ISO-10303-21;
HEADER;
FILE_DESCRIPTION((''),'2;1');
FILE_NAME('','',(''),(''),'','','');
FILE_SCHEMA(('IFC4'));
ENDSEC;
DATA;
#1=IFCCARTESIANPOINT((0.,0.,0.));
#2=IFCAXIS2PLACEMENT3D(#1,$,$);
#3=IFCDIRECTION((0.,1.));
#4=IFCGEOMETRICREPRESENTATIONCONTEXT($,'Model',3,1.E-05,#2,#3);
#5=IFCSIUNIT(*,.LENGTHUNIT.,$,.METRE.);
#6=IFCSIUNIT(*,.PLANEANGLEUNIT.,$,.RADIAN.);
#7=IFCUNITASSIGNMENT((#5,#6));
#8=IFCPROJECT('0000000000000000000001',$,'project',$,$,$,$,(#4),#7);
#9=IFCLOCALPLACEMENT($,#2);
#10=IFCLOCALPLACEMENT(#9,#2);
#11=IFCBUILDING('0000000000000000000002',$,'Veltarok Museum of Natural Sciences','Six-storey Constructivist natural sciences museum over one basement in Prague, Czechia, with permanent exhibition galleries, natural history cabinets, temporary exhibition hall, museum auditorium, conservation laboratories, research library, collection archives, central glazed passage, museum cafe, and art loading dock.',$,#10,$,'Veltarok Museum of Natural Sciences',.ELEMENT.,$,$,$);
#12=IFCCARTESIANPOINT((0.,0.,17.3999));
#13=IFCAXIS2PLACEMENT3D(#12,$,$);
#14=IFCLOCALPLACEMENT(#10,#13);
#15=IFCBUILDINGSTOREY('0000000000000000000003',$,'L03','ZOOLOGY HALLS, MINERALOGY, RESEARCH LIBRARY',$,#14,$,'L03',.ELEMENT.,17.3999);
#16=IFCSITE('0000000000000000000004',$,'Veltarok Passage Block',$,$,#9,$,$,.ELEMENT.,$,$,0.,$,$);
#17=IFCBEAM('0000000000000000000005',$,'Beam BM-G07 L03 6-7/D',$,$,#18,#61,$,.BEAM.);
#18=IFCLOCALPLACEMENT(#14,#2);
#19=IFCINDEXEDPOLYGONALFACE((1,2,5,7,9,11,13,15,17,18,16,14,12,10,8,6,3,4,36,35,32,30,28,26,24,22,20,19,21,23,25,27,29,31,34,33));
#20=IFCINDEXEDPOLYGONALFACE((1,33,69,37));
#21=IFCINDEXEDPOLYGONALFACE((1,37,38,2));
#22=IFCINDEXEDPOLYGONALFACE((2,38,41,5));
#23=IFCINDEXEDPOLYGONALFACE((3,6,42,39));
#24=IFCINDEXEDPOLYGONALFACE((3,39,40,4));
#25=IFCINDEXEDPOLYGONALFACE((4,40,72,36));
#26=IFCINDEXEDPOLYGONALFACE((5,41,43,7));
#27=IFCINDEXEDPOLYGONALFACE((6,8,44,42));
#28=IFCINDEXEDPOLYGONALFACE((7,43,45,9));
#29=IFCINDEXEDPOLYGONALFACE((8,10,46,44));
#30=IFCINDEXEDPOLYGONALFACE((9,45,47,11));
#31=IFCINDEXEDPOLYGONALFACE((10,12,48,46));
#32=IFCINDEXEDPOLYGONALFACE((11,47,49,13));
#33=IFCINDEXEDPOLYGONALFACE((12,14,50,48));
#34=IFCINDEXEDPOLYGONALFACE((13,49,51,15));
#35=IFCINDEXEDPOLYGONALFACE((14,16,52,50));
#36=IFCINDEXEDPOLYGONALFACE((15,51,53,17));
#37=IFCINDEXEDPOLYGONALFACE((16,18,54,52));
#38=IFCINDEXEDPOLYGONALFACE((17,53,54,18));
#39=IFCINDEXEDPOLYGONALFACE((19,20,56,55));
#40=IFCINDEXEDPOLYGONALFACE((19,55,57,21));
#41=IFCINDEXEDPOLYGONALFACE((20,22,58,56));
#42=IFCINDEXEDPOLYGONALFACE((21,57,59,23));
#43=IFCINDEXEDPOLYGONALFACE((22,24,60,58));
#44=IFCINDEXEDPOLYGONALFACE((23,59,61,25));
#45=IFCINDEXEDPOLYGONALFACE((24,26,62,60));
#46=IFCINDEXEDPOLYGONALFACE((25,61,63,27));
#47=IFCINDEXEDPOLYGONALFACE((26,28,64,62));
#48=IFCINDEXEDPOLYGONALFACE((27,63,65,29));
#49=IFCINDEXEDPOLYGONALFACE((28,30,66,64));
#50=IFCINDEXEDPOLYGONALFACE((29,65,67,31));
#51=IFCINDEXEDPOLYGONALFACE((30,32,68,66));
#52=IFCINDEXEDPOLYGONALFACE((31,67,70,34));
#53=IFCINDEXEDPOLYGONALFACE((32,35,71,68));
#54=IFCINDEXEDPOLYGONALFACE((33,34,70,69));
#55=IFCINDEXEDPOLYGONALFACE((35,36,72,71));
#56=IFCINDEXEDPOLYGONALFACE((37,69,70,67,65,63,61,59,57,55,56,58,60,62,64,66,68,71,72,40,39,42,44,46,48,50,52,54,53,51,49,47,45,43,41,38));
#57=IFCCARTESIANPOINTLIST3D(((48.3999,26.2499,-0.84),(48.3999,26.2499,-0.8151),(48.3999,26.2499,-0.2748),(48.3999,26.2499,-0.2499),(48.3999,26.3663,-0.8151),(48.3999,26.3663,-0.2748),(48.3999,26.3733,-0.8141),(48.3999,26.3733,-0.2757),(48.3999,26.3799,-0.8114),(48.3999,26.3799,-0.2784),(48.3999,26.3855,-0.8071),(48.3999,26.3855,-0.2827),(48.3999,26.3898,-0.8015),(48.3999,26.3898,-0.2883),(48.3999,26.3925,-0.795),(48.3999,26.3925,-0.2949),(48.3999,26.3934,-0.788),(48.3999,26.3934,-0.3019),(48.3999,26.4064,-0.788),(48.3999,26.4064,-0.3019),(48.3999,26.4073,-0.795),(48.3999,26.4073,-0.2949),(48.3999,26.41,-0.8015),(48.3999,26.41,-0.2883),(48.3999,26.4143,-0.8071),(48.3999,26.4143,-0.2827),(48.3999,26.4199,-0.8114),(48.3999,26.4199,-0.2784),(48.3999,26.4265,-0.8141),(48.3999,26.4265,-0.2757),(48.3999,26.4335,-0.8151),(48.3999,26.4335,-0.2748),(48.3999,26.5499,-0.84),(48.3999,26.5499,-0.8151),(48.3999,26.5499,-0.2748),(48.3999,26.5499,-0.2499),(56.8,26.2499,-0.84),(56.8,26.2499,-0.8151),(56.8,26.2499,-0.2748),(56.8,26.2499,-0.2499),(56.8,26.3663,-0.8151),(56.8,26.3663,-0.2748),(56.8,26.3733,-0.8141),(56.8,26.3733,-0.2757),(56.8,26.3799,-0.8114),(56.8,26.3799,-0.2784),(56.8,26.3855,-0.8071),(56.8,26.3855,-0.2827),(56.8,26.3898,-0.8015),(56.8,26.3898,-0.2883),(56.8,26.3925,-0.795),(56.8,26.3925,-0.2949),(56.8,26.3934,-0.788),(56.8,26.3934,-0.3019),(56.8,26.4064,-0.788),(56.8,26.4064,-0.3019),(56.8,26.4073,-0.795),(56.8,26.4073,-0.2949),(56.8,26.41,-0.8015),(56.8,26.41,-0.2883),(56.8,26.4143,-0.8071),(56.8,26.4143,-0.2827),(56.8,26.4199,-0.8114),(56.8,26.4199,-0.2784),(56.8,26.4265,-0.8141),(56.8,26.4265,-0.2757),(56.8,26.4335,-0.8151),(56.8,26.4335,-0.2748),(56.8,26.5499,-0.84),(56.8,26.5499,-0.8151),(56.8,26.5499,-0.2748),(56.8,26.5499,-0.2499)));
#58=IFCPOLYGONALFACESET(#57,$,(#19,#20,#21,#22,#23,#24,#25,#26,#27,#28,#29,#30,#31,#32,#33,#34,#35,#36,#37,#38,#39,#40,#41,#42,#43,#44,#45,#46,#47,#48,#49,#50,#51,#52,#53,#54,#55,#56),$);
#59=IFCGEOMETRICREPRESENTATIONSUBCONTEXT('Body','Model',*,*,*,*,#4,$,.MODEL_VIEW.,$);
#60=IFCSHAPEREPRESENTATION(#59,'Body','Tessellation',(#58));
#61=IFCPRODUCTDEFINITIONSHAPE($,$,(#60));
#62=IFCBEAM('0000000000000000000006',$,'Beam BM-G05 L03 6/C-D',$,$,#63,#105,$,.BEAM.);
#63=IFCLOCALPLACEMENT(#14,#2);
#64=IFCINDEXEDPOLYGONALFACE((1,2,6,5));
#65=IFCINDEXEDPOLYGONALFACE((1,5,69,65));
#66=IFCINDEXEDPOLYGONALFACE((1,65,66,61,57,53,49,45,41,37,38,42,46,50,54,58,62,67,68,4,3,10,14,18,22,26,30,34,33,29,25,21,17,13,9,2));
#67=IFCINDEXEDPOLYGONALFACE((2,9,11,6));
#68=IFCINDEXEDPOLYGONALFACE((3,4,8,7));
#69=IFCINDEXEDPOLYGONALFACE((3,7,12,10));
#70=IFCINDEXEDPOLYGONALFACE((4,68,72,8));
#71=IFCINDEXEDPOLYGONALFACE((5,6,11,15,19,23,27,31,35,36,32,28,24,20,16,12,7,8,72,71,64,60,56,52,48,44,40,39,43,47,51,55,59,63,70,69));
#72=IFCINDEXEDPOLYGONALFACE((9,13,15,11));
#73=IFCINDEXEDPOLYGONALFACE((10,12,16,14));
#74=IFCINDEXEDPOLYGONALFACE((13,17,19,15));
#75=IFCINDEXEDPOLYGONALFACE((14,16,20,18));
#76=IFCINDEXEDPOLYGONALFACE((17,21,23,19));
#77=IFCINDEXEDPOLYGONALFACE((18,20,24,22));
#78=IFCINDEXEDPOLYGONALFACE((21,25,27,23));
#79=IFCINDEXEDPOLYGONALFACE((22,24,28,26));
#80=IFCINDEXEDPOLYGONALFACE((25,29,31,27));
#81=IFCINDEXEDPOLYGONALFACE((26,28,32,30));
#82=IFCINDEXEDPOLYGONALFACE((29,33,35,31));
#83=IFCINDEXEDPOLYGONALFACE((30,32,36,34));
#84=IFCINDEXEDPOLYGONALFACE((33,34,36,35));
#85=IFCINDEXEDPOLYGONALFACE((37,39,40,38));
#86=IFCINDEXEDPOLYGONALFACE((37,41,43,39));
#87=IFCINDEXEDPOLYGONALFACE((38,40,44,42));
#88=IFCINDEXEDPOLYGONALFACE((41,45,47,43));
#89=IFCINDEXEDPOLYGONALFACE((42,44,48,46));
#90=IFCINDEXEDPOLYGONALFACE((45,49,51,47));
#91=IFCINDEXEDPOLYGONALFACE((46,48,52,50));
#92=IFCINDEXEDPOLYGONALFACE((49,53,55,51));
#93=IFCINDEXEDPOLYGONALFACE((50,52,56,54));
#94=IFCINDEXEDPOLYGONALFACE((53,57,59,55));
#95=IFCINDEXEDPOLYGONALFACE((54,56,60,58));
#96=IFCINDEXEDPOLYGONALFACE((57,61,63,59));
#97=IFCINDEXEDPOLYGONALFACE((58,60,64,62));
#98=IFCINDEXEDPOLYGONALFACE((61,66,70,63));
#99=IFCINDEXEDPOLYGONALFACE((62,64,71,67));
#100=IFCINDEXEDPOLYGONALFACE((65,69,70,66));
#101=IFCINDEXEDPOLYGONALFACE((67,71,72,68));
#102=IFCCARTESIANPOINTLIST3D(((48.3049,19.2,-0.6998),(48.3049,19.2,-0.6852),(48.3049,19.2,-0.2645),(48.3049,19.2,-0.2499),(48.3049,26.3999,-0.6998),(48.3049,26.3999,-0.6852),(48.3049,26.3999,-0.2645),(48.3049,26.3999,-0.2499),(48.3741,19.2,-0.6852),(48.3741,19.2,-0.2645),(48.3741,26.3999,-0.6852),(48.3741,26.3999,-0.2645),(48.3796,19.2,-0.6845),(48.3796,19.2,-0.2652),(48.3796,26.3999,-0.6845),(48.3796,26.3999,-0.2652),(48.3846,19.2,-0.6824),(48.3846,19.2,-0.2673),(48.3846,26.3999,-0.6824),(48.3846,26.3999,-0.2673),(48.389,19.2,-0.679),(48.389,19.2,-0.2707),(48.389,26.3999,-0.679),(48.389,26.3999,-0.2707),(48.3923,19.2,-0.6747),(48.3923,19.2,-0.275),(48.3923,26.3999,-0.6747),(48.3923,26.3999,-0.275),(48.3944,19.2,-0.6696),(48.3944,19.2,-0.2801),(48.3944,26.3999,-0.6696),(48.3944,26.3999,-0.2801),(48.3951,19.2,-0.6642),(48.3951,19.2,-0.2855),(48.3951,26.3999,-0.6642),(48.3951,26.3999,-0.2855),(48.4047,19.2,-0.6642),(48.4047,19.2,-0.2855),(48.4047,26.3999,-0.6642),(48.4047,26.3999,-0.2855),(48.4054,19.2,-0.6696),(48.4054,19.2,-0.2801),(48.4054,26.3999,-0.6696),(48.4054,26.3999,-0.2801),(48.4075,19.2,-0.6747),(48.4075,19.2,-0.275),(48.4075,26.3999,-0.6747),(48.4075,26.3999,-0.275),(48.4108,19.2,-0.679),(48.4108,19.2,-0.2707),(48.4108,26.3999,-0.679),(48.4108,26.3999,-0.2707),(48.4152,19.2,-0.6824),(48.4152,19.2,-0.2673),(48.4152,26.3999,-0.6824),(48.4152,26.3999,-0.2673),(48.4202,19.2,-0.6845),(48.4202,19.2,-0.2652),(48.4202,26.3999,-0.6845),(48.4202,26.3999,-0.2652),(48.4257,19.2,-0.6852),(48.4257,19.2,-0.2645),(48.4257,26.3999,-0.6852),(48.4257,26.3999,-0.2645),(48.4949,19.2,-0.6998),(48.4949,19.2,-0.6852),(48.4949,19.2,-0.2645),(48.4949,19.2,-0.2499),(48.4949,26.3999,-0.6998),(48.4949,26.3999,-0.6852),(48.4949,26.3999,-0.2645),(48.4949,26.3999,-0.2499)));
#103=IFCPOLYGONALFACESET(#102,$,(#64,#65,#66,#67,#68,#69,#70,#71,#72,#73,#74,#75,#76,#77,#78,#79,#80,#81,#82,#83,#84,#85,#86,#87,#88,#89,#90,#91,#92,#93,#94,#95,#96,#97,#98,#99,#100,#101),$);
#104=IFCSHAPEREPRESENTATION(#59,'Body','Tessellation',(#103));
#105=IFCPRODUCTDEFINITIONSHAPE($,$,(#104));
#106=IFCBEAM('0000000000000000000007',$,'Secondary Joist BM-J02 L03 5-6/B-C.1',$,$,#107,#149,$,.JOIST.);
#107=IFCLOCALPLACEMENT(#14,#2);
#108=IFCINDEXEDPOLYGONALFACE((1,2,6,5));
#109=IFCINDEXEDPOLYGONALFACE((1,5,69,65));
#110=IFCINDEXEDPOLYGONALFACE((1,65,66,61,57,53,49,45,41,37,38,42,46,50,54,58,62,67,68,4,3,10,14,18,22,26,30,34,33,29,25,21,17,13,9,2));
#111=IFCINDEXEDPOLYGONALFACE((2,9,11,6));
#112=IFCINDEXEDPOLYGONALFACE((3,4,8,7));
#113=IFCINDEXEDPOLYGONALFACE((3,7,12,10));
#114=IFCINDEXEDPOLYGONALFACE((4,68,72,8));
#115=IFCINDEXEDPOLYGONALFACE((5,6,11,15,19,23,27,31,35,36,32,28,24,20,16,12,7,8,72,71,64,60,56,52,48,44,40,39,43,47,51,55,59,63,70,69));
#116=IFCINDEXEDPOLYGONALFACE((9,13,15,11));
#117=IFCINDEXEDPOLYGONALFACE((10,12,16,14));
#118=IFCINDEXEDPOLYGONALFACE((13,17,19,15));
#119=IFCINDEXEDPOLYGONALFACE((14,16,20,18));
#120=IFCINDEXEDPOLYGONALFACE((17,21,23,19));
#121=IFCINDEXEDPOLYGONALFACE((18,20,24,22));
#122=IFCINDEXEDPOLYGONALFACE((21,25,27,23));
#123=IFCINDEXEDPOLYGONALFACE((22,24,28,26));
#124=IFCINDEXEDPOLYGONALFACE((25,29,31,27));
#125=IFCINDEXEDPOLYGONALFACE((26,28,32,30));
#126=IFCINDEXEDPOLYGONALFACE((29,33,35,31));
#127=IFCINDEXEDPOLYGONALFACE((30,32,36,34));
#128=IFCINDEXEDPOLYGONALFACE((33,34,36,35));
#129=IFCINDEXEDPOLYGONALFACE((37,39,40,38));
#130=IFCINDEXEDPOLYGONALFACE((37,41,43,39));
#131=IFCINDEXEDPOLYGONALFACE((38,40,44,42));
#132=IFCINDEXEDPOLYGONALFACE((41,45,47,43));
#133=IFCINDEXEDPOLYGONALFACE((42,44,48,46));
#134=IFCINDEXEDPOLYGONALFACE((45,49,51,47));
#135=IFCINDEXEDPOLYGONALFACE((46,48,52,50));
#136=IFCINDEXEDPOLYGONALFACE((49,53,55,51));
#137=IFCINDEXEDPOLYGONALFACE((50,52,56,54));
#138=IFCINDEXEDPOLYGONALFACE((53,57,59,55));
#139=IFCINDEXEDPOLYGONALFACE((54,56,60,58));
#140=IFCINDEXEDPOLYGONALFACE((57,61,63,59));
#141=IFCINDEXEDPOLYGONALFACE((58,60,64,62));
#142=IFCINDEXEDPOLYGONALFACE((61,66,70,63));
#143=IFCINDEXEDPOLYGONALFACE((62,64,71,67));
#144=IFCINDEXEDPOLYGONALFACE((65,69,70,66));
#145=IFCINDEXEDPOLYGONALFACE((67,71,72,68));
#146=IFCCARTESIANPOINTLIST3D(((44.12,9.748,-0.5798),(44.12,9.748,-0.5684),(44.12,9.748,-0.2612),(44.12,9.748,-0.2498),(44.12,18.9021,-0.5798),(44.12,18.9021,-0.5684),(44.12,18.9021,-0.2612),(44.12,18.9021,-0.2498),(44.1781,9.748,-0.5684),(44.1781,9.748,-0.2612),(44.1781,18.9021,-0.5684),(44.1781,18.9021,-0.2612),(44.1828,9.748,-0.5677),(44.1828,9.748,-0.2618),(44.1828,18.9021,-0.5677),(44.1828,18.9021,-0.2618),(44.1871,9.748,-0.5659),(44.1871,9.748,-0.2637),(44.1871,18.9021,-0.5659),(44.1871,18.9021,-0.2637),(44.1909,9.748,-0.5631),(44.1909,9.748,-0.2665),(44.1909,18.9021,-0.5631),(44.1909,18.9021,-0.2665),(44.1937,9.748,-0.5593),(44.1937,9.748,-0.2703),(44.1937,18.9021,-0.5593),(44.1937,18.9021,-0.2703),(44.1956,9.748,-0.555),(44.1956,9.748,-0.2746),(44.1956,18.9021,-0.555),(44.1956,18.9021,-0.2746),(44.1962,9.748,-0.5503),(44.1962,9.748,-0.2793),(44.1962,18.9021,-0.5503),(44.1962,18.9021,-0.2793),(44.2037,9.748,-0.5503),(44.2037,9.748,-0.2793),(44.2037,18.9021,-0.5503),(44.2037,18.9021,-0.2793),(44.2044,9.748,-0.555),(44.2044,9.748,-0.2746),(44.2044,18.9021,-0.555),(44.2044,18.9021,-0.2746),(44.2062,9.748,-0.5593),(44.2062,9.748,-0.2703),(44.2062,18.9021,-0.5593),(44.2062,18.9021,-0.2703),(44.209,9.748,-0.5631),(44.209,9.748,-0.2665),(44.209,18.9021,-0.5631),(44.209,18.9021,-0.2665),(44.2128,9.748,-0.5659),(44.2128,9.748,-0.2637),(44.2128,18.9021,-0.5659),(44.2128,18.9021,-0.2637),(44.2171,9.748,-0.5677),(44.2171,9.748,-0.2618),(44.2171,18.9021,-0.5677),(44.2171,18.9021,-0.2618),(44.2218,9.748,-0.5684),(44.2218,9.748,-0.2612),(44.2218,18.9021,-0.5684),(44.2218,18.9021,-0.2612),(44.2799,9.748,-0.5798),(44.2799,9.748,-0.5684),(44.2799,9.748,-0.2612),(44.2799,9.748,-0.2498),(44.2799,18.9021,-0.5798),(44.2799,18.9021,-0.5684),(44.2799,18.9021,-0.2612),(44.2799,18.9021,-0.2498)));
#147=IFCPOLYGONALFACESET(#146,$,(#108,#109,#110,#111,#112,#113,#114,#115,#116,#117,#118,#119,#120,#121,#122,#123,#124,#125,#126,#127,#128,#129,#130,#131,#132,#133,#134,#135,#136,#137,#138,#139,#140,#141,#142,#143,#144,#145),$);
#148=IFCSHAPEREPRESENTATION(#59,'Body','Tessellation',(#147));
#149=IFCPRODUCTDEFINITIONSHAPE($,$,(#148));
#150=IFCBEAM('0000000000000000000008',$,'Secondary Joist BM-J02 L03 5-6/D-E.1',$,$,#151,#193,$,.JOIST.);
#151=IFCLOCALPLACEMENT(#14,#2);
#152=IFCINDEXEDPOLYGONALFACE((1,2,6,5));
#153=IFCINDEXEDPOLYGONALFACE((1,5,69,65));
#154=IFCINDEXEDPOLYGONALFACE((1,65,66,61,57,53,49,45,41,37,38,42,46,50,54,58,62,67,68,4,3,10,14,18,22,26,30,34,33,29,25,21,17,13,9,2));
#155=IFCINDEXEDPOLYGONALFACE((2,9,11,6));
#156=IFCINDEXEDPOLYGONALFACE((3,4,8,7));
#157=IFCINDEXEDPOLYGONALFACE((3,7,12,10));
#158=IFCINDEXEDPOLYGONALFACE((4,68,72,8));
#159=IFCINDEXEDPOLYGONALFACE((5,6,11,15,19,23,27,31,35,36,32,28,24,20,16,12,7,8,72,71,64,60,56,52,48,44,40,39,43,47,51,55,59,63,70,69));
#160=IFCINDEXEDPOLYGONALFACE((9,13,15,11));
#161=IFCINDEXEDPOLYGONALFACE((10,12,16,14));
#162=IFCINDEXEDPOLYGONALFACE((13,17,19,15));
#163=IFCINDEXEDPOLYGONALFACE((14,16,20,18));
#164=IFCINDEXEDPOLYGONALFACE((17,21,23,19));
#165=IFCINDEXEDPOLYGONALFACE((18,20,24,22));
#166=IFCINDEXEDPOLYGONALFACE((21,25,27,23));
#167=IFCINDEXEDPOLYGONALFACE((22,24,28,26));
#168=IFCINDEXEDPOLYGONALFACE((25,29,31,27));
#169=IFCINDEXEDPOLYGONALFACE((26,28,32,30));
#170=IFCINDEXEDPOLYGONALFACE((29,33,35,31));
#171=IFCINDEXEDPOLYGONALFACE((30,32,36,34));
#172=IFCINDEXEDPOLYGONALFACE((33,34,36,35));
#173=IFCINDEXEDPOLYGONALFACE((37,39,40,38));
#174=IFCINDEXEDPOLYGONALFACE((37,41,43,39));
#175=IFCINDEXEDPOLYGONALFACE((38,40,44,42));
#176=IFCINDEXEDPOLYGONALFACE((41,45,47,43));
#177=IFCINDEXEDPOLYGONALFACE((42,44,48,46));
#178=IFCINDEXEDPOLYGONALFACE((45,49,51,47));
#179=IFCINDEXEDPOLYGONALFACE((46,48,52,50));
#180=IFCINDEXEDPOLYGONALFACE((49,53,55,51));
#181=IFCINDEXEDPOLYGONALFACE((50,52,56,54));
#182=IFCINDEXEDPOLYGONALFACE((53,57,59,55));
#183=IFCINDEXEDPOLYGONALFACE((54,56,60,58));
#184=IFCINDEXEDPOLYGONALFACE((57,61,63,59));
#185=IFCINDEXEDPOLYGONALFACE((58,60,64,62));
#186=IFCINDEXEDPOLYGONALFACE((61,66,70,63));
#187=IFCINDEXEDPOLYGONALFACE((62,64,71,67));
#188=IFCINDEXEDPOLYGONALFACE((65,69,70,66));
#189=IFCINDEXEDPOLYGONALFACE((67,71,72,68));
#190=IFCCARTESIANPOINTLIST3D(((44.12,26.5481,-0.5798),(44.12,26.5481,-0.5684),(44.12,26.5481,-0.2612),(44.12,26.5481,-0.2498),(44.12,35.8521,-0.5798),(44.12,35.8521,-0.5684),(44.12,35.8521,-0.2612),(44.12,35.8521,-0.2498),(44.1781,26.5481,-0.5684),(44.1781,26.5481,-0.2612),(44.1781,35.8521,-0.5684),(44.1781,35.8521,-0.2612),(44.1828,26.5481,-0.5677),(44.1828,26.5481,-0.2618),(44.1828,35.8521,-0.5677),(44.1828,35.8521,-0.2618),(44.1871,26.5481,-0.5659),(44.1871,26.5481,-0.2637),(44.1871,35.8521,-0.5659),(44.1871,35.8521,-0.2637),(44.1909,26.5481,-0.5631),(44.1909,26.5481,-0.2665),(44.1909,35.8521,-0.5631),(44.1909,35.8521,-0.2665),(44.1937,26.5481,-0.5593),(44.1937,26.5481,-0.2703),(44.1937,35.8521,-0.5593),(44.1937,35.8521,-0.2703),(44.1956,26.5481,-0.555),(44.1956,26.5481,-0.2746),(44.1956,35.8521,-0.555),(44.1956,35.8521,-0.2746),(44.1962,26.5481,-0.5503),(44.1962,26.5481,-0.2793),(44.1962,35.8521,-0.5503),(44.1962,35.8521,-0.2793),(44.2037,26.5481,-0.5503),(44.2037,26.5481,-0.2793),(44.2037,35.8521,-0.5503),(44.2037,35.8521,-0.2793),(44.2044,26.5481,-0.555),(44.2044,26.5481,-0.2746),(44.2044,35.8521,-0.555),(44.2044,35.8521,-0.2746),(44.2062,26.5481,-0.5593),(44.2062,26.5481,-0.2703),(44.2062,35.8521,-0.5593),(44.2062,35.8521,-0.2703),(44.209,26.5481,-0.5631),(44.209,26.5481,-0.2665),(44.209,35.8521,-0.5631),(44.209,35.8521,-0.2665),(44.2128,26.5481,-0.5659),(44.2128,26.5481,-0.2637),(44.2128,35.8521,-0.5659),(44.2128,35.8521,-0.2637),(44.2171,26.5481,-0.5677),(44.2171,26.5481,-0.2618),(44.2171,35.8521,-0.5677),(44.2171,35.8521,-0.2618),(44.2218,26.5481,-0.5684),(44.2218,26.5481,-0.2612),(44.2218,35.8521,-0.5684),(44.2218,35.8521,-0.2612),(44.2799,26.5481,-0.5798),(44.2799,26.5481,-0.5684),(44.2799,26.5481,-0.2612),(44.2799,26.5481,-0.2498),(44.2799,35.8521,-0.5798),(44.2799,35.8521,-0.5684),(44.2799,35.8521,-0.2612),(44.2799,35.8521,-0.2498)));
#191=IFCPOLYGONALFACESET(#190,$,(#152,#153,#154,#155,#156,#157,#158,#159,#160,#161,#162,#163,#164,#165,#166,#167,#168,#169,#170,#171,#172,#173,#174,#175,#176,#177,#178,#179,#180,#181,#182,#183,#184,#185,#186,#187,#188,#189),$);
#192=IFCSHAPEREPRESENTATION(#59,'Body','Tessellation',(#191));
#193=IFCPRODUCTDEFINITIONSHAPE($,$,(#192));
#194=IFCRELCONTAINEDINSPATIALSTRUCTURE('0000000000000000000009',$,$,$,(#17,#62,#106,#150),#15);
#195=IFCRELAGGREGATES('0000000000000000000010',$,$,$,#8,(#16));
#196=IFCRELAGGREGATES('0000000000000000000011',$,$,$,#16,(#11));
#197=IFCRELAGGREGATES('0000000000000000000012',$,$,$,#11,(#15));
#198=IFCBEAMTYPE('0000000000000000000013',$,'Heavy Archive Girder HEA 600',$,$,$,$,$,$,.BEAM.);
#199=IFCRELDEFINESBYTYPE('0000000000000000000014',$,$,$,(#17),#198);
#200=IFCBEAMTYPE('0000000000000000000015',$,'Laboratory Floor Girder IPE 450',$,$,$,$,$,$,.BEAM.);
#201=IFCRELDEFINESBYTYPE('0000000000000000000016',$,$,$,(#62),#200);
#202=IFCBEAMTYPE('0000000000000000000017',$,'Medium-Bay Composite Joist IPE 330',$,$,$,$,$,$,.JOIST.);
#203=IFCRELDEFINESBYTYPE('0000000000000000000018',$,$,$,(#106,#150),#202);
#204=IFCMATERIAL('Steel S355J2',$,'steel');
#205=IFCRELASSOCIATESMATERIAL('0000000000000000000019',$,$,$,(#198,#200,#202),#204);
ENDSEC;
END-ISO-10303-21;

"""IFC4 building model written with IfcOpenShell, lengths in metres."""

from ifc_helpers import new_model, si_unit, direction, frame, origin, origin_2d, place, context, subcontext, project, spatial, i_section, extrude, material, material_profile, profile_set, type_object, element, save


model = new_model("IFC4")

# Units and contexts
model_context = context("Model", 3, precision=1e-05, world=origin(), true_north=direction((0.0, 1.0)))
body_context = subcontext(model_context, "Body", "Model", "MODEL_VIEW")
ifc_project = project(units=[si_unit("LENGTHUNIT", "METRE"), si_unit("PLANEANGLEUNIT", "RADIAN")], contexts=[model_context])

# Site, building, storey
site_placement = place(None, origin())
site = spatial("IfcSite", under=ifc_project, at=site_placement, Name="Veltarok Passage Block", CompositionType="ELEMENT", RefElevation=0.0)
building_placement = place(site_placement, origin())
building = spatial("IfcBuilding", under=site, at=building_placement, Name="Veltarok Museum of Natural Sciences", Description="Six-storey Constructivist natural sciences museum over one basement in Prague, Czechia, with permanent exhibition galleries, natural history cabinets, temporary exhibition hall, museum auditorium, conservation laboratories, research library, collection archives, central glazed passage, museum cafe, and art loading dock.", LongName="Veltarok Museum of Natural Sciences", CompositionType="ELEMENT")
storey_placement = place(building_placement, frame((0.0, 0.0, 17.3999)))
storey = spatial("IfcBuildingStorey", under=building, at=storey_placement, Name="L03", Description="ZOOLOGY HALLS, MINERALOGY, RESEARCH LIBRARY", LongName="L03", CompositionType="ELEMENT", Elevation=17.3999)

# Shared definitions
ifc_material_1 = material(Name="Steel S355J2", Category="steel")

# Beams
ifc_material_profile_1 = material_profile(ifc_material_1, i_section(OverallWidth=0.3, OverallDepth=0.5901, WebThickness=0.0129, FlangeThickness=0.0249, FilletRadius=0.0271, at=origin_2d()), Name="HEA 600")
ifc_profile_set_1 = profile_set([ifc_material_profile_1], Name="Steel S355J2")
beam_type_1 = type_object("IfcBeamType", Name="Heavy Archive Girder HEA 600", PredefinedType="BEAM", material=ifc_profile_set_1)
for number, where, z_axis, x_axis, name in (
    (1, (48.3999, 26.3999, -0.5449), (1.0, 0.0, 0.0), (0.0, 1.0, 0.0), "Beam BM-G07 L03 6-7/D"),
):
    element("IfcBeam", number, at=place(storey_placement, frame(where, z_axis=z_axis, x_axis=x_axis)), inside=storey, type_object=beam_type_1, Name=name, PredefinedType="BEAM", context=body_context, shape_type="SweptSolid", body=[
        extrude(i_section(OverallWidth=0.3, OverallDepth=0.5901, WebThickness=0.0129, FlangeThickness=0.0249, FilletRadius=0.0271, at=origin_2d()), origin(), (0.0, 0.0, 1.0), 8.4001),
    ])
ifc_material_profile_2 = material_profile(ifc_material_1, i_section(OverallWidth=0.1899, OverallDepth=0.45, WebThickness=0.0095, FlangeThickness=0.0146, FilletRadius=0.021, at=origin_2d()), Name="IPE 450")
ifc_profile_set_2 = profile_set([ifc_material_profile_2], Name="Steel S355J2")
beam_type_2 = type_object("IfcBeamType", Name="Laboratory Floor Girder IPE 450", PredefinedType="BEAM", material=ifc_profile_set_2)
beam_1_placement = place(storey_placement, frame((48.3999, 19.2, -0.4749), z_axis=(0.0, 1.0, 0.0), x_axis=(-1.0, 0.0, 0.0)))
element("IfcBeam", 2, at=beam_1_placement, inside=storey, type_object=beam_type_2, Name="Beam BM-G05 L03 6/C-D", PredefinedType="BEAM", context=body_context, shape_type="SweptSolid", body=[
    extrude(i_section(OverallWidth=0.1899, OverallDepth=0.45, WebThickness=0.0095, FlangeThickness=0.0146, FilletRadius=0.021, at=origin_2d()), origin(), (0.0, 0.0, 1.0), 7.2),
])
ifc_material_profile_3 = material_profile(ifc_material_1, i_section(OverallWidth=0.1599, OverallDepth=0.3301, WebThickness=0.0076, FlangeThickness=0.0115, FilletRadius=0.0181, at=origin_2d()), Name="IPE 330")
ifc_profile_set_3 = profile_set([ifc_material_profile_3], Name="Steel S355J2")
beam_type_3 = type_object("IfcBeamType", Name="Medium-Bay Composite Joist IPE 330", PredefinedType="JOIST", material=ifc_profile_set_3)
beam_2_placement = place(storey_placement, frame((44.2, 9.748, -0.4148), z_axis=(0.0, 1.0, 0.0), x_axis=(-1.0, 0.0, 0.0)))
element("IfcBeam", 3, at=beam_2_placement, inside=storey, type_object=beam_type_3, Name="Secondary Joist BM-J02 L03 5-6/B-C.1", PredefinedType="JOIST", context=body_context, shape_type="SweptSolid", body=[
    extrude(i_section(OverallWidth=0.1599, OverallDepth=0.3301, WebThickness=0.0076, FlangeThickness=0.0115, FilletRadius=0.0181, at=origin_2d()), origin(), (0.0, 0.0, 1.0), 9.1541),
])
for number, where, z_axis, x_axis, name in (
    (4, (44.2, 26.5481, -0.4148), (0.0, 1.0, 0.0), (-1.0, 0.0, 0.0), "Secondary Joist BM-J02 L03 5-6/D-E.1"),
):
    element("IfcBeam", number, at=place(storey_placement, frame(where, z_axis=z_axis, x_axis=x_axis)), inside=storey, type_object=beam_type_3, Name=name, PredefinedType="JOIST", context=body_context, shape_type="SweptSolid", body=[
        extrude(i_section(OverallWidth=0.1599, OverallDepth=0.3301, WebThickness=0.0076, FlangeThickness=0.0115, FilletRadius=0.0181, at=origin_2d()), origin(), (0.0, 0.0, 1.0), 9.304),
    ])

save(model, "model.ifc")
